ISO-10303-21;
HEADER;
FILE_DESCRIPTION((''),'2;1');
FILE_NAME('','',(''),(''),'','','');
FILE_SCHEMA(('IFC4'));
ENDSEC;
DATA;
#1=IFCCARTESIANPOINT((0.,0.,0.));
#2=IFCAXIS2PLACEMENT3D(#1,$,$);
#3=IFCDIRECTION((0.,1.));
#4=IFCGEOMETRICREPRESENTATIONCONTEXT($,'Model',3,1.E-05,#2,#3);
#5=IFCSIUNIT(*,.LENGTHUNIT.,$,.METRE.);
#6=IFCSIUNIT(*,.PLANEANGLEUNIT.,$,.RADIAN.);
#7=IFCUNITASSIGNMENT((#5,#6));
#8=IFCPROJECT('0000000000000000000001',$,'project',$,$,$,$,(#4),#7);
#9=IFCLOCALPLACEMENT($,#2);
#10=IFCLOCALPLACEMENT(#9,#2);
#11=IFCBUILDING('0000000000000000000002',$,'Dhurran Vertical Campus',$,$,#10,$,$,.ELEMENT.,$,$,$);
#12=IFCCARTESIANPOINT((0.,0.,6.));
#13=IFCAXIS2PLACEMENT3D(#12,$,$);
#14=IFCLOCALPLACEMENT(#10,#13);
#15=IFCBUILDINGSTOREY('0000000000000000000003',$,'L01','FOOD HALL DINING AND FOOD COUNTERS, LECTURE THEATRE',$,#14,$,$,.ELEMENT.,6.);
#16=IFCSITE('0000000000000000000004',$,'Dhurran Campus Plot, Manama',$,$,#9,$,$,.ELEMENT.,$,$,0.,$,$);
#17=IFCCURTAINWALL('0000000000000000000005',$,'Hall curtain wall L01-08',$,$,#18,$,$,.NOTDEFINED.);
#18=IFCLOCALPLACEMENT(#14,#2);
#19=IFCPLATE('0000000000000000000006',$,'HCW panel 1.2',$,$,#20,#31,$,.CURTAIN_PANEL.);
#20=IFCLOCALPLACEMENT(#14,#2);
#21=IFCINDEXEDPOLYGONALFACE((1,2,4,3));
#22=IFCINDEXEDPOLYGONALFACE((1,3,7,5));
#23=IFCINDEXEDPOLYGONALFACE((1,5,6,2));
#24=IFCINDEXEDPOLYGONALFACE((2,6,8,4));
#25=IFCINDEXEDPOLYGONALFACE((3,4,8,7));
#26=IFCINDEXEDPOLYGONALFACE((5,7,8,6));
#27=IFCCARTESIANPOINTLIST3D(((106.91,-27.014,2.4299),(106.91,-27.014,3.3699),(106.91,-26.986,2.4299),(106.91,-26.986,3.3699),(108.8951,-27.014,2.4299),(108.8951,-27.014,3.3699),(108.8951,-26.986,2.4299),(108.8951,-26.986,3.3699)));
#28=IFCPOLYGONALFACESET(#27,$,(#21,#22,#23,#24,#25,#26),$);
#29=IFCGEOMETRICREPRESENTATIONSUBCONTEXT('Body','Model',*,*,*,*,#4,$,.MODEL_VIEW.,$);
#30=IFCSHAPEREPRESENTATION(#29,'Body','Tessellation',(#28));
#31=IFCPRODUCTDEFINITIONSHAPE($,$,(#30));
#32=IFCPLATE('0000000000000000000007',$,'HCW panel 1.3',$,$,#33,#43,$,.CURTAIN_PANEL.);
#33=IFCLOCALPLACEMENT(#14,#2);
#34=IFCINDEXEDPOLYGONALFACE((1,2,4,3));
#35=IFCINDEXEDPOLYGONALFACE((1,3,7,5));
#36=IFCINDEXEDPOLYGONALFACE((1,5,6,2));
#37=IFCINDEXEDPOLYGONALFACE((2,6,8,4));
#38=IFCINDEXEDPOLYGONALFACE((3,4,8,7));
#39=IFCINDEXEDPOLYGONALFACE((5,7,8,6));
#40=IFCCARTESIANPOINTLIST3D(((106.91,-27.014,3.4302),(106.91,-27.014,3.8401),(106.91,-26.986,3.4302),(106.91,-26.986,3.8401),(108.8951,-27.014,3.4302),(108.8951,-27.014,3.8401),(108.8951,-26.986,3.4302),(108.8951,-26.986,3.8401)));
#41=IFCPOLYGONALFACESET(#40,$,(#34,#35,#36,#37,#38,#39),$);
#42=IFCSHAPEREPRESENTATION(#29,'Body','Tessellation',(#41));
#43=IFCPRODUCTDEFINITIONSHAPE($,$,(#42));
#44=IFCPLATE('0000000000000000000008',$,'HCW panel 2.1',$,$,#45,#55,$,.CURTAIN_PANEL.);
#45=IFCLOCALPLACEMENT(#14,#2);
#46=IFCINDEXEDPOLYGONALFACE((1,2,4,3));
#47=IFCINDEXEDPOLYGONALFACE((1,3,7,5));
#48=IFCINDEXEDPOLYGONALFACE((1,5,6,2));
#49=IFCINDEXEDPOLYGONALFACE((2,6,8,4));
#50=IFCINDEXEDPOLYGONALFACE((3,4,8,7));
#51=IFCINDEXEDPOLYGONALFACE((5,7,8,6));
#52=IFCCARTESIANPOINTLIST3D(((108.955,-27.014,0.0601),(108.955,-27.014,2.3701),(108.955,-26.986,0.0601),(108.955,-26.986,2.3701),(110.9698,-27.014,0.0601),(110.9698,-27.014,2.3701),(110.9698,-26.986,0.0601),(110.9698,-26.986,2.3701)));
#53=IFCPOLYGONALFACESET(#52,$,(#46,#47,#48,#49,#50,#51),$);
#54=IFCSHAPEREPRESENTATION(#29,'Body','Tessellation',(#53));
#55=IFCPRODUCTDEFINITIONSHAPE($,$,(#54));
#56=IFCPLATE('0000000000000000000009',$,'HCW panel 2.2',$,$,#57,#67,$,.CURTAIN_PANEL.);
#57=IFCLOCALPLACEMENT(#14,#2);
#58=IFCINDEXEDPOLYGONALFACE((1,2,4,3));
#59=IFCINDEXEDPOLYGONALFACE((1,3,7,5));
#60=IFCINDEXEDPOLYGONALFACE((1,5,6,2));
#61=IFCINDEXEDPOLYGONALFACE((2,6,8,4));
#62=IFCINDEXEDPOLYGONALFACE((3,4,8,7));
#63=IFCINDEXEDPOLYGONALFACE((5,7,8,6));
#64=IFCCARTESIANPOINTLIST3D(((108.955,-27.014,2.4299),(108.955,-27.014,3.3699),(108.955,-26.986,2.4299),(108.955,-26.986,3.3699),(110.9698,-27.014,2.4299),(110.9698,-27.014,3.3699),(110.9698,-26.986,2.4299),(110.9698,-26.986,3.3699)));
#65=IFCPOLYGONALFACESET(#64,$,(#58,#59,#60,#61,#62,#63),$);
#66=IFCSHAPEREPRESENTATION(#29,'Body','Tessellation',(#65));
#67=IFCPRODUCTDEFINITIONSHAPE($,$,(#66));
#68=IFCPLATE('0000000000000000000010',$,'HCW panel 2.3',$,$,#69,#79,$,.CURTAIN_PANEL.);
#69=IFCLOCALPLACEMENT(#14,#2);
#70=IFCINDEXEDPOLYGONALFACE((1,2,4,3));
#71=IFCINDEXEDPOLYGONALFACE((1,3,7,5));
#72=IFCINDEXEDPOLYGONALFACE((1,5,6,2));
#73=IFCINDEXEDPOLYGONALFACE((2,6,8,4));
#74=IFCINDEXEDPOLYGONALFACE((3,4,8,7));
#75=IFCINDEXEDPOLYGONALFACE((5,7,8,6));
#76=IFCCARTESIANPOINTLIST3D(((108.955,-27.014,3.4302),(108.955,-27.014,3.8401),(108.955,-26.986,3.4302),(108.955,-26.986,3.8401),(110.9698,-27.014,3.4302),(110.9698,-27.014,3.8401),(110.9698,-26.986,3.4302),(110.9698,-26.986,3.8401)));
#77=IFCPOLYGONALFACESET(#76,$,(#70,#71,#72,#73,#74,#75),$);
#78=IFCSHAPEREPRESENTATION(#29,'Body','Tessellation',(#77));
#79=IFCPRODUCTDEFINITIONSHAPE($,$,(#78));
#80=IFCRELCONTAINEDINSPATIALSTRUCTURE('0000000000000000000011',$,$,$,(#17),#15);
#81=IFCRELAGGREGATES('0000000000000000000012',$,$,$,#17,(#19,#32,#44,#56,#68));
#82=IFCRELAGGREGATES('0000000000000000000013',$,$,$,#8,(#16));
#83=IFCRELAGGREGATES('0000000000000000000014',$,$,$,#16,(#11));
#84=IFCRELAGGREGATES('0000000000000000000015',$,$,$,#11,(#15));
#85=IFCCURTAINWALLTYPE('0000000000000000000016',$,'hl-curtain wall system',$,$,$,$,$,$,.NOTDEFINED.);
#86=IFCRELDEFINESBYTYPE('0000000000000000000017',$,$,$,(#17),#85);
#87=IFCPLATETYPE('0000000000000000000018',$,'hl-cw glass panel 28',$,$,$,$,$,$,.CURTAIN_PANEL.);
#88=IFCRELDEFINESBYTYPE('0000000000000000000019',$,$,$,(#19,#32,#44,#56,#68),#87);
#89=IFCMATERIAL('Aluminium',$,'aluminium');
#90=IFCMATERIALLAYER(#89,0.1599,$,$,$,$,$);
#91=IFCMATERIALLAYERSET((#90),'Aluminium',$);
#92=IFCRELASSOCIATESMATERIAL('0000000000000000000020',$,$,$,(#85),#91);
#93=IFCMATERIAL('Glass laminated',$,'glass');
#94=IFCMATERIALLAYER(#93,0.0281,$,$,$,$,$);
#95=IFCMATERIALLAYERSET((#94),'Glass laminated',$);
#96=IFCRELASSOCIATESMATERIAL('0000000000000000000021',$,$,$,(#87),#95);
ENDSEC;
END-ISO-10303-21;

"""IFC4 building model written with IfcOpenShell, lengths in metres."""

from ifc_helpers import new_model, si_unit, direction, frame, origin, origin_2d, place, context, subcontext, project, spatial, rectangle, extrude, material, layer, layer_set, type_object, element, aggregate, save


model = new_model("IFC4")

# Units and contexts
model_context = context("Model", 3, precision=1e-05, world=origin(), true_north=direction((0.0, 1.0)))
body_context = subcontext(model_context, "Body", "Model", "MODEL_VIEW")
ifc_project = project(units=[si_unit("LENGTHUNIT", "METRE"), si_unit("PLANEANGLEUNIT", "RADIAN")], contexts=[model_context])

# Site, building, storey
site_placement = place(None, origin())
site = spatial("IfcSite", under=ifc_project, at=site_placement, Name="Dhurran Campus Plot, Manama", CompositionType="ELEMENT", RefElevation=0.0)
building_placement = place(site_placement, origin())
building = spatial("IfcBuilding", under=site, at=building_placement, Name="Dhurran Vertical Campus", CompositionType="ELEMENT")
storey_placement = place(building_placement, frame((0.0, 0.0, 6.0)))
storey = spatial("IfcBuildingStorey", under=building, at=storey_placement, Name="L01", Description="FOOD HALL DINING AND FOOD COUNTERS, LECTURE THEATRE", CompositionType="ELEMENT", Elevation=6.0)

# Curtain wall
ifc_material_1 = material(Name="Aluminium", Category="aluminium")
ifc_layer_1 = layer(ifc_material_1, 0.1599)
ifc_layer_set_1 = layer_set([ifc_layer_1], Name="Aluminium")
curtain_wall_type = type_object("IfcCurtainWallType", Name="hl-curtain wall system", PredefinedType="NOTDEFINED", material=ifc_layer_set_1)
curtain_wall_1_placement = place(storey_placement, origin())
curtain_wall_1 = element("IfcCurtainWall", 1, at=curtain_wall_1_placement, inside=storey, type_object=curtain_wall_type, Name="Hall curtain wall L01-08", PredefinedType="NOTDEFINED")

# Plates
ifc_material_2 = material(Name="Glass laminated", Category="glass")
ifc_layer_2 = layer(ifc_material_2, 0.0281)
ifc_layer_set_2 = layer_set([ifc_layer_2], Name="Glass laminated")
plate_type = type_object("IfcPlateType", Name="hl-cw glass panel 28", PredefinedType="CURTAIN_PANEL", material=ifc_layer_set_2)
plate_1_placement = place(storey_placement, frame((107.9026, -27.0, 2.4299), z_axis=(0.0, 0.0, 1.0), x_axis=(1.0, 0.0, 0.0)))
plate_1 = element("IfcPlate", 2, at=plate_1_placement, type_object=plate_type, Name="HCW panel 1.2", PredefinedType="CURTAIN_PANEL", context=body_context, shape_type="SweptSolid", body=[
    extrude(rectangle(XDim=1.9851, YDim=0.0281, at=origin_2d()), origin(), (0.0, 0.0, 1.0), 0.9399),
])
plate_2_placement = place(storey_placement, frame((107.9026, -27.0, 3.4302), z_axis=(0.0, 0.0, 1.0), x_axis=(1.0, 0.0, 0.0)))
plate_2 = element("IfcPlate", 3, at=plate_2_placement, type_object=plate_type, Name="HCW panel 1.3", PredefinedType="CURTAIN_PANEL", context=body_context, shape_type="SweptSolid", body=[
    extrude(rectangle(XDim=1.9851, YDim=0.0281, at=origin_2d()), origin(), (0.0, 0.0, 1.0), 0.4099),
])
plate_3_placement = place(storey_placement, frame((109.9624, -27.0, 0.0601), z_axis=(0.0, 0.0, 1.0), x_axis=(1.0, 0.0, 0.0)))
plate_3 = element("IfcPlate", 4, at=plate_3_placement, type_object=plate_type, Name="HCW panel 2.1", PredefinedType="CURTAIN_PANEL", context=body_context, shape_type="SweptSolid", body=[
    extrude(rectangle(XDim=2.0149, YDim=0.0281, at=origin_2d()), origin(), (0.0, 0.0, 1.0), 2.3101),
])
plate_4_placement = place(storey_placement, frame((109.9624, -27.0, 2.4299), z_axis=(0.0, 0.0, 1.0), x_axis=(1.0, 0.0, 0.0)))
plate_4 = element("IfcPlate", 5, at=plate_4_placement, type_object=plate_type, Name="HCW panel 2.2", PredefinedType="CURTAIN_PANEL", context=body_context, shape_type="SweptSolid", body=[
    extrude(rectangle(XDim=2.0149, YDim=0.0281, at=origin_2d()), origin(), (0.0, 0.0, 1.0), 0.9399),
])
plate_5_placement = place(storey_placement, frame((109.9624, -27.0, 3.4302), z_axis=(0.0, 0.0, 1.0), x_axis=(1.0, 0.0, 0.0)))
plate_5 = element("IfcPlate", 6, at=plate_5_placement, type_object=plate_type, Name="HCW panel 2.3", PredefinedType="CURTAIN_PANEL", context=body_context, shape_type="SweptSolid", body=[
    extrude(rectangle(XDim=2.0149, YDim=0.0281, at=origin_2d()), origin(), (0.0, 0.0, 1.0), 0.4099),
])
aggregate(curtain_wall_1, [plate_1, plate_2, plate_3, plate_4, plate_5])

save(model, "model.ifc")
